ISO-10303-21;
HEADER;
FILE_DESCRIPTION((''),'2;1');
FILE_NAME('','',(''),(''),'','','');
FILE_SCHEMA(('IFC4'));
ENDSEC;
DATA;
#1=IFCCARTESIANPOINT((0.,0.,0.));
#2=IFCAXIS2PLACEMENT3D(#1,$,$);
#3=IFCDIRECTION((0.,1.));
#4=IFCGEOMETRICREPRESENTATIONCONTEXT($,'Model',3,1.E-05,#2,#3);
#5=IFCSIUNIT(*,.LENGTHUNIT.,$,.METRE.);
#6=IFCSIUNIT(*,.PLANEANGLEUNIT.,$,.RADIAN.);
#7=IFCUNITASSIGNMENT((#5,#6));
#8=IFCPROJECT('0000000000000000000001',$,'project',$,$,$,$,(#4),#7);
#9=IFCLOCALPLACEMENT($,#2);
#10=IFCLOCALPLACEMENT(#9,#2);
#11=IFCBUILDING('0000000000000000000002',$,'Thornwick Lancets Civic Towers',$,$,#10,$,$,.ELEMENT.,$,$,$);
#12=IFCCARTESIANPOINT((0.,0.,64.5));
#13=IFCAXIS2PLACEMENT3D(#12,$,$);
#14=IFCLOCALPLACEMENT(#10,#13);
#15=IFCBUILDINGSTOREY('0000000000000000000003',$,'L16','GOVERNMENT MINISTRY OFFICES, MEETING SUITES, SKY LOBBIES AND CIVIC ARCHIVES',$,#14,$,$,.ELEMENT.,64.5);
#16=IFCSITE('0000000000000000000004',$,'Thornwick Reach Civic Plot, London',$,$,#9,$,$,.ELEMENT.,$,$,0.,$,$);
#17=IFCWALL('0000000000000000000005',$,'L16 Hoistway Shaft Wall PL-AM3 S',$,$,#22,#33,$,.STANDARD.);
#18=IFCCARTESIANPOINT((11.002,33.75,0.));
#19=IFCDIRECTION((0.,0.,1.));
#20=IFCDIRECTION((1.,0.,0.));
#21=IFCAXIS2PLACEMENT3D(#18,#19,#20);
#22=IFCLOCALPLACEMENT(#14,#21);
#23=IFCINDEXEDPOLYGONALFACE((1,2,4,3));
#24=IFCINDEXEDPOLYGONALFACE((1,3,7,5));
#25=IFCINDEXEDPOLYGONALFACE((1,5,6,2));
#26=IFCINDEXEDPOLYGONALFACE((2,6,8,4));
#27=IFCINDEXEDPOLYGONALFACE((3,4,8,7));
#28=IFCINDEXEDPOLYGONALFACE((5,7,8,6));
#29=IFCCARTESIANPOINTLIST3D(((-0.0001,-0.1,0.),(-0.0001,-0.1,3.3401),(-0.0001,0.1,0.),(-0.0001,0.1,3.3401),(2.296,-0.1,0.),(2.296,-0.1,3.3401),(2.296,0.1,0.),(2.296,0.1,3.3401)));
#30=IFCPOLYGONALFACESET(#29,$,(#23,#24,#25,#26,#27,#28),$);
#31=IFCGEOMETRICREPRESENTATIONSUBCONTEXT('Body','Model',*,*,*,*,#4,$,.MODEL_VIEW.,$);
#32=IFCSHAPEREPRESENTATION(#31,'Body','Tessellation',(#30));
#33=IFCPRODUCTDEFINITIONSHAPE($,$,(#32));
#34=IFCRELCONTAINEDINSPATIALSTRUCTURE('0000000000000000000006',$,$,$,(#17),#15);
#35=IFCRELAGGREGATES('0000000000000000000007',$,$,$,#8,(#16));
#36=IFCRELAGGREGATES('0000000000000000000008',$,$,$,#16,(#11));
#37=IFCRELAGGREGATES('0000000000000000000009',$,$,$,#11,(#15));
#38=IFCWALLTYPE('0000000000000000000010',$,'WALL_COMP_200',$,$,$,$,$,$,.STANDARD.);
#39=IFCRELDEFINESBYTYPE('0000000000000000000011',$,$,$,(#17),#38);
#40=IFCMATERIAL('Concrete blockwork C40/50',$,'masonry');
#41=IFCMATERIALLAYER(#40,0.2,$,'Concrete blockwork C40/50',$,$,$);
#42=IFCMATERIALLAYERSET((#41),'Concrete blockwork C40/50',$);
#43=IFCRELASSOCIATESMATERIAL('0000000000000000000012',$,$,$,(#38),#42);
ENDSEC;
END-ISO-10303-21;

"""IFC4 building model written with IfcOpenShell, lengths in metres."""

from ifc_helpers import new_model, si_unit, direction, frame, frame_2d, origin, place, context, subcontext, project, spatial, rectangle, extrude, material, layer, layer_set, type_object, element, save


model = new_model("IFC4")

# Units and contexts
model_context = context("Model", 3, precision=1e-05, world=origin(), true_north=direction((0.0, 1.0)))
body_context = subcontext(model_context, "Body", "Model", "MODEL_VIEW")
ifc_project = project(units=[si_unit("LENGTHUNIT", "METRE"), si_unit("PLANEANGLEUNIT", "RADIAN")], contexts=[model_context])

# Site, building, storey
site_placement = place(None, origin())
site = spatial("IfcSite", under=ifc_project, at=site_placement, Name="Thornwick Reach Civic Plot, London", CompositionType="ELEMENT", RefElevation=0.0)
building_placement = place(site_placement, origin())
building = spatial("IfcBuilding", under=site, at=building_placement, Name="Thornwick Lancets Civic Towers", CompositionType="ELEMENT")
storey_placement = place(building_placement, frame((0.0, 0.0, 64.5)))
storey = spatial("IfcBuildingStorey", under=building, at=storey_placement, Name="L16", Description="GOVERNMENT MINISTRY OFFICES, MEETING SUITES, SKY LOBBIES AND CIVIC ARCHIVES", CompositionType="ELEMENT", Elevation=64.5)

# Wall
ifc_material_1 = material(Name="Concrete blockwork C40/50", Category="masonry")
ifc_layer_1 = layer(ifc_material_1, 0.2, Name="Concrete blockwork C40/50")
ifc_layer_set_1 = layer_set([ifc_layer_1], Name="Concrete blockwork C40/50")
wall_type_1 = type_object("IfcWallType", Name="WALL_COMP_200", PredefinedType="STANDARD", material=ifc_layer_set_1)
wall_1_placement = place(storey_placement, frame((11.002, 33.75, 0.0), z_axis=(0.0, 0.0, 1.0), x_axis=(1.0, 0.0, 0.0)))
element("IfcWall", 1, at=wall_1_placement, inside=storey, type_object=wall_type_1, Name="L16 Hoistway Shaft Wall PL-AM3 S", PredefinedType="STANDARD", context=body_context, shape_type="SweptSolid", body=[
    extrude(rectangle(XDim=2.2961, YDim=0.2, at=frame_2d((1.1479, 0.0))), origin(), (0.0, 0.0, 1.0), 3.3401),
])

save(model, "model.ifc")
